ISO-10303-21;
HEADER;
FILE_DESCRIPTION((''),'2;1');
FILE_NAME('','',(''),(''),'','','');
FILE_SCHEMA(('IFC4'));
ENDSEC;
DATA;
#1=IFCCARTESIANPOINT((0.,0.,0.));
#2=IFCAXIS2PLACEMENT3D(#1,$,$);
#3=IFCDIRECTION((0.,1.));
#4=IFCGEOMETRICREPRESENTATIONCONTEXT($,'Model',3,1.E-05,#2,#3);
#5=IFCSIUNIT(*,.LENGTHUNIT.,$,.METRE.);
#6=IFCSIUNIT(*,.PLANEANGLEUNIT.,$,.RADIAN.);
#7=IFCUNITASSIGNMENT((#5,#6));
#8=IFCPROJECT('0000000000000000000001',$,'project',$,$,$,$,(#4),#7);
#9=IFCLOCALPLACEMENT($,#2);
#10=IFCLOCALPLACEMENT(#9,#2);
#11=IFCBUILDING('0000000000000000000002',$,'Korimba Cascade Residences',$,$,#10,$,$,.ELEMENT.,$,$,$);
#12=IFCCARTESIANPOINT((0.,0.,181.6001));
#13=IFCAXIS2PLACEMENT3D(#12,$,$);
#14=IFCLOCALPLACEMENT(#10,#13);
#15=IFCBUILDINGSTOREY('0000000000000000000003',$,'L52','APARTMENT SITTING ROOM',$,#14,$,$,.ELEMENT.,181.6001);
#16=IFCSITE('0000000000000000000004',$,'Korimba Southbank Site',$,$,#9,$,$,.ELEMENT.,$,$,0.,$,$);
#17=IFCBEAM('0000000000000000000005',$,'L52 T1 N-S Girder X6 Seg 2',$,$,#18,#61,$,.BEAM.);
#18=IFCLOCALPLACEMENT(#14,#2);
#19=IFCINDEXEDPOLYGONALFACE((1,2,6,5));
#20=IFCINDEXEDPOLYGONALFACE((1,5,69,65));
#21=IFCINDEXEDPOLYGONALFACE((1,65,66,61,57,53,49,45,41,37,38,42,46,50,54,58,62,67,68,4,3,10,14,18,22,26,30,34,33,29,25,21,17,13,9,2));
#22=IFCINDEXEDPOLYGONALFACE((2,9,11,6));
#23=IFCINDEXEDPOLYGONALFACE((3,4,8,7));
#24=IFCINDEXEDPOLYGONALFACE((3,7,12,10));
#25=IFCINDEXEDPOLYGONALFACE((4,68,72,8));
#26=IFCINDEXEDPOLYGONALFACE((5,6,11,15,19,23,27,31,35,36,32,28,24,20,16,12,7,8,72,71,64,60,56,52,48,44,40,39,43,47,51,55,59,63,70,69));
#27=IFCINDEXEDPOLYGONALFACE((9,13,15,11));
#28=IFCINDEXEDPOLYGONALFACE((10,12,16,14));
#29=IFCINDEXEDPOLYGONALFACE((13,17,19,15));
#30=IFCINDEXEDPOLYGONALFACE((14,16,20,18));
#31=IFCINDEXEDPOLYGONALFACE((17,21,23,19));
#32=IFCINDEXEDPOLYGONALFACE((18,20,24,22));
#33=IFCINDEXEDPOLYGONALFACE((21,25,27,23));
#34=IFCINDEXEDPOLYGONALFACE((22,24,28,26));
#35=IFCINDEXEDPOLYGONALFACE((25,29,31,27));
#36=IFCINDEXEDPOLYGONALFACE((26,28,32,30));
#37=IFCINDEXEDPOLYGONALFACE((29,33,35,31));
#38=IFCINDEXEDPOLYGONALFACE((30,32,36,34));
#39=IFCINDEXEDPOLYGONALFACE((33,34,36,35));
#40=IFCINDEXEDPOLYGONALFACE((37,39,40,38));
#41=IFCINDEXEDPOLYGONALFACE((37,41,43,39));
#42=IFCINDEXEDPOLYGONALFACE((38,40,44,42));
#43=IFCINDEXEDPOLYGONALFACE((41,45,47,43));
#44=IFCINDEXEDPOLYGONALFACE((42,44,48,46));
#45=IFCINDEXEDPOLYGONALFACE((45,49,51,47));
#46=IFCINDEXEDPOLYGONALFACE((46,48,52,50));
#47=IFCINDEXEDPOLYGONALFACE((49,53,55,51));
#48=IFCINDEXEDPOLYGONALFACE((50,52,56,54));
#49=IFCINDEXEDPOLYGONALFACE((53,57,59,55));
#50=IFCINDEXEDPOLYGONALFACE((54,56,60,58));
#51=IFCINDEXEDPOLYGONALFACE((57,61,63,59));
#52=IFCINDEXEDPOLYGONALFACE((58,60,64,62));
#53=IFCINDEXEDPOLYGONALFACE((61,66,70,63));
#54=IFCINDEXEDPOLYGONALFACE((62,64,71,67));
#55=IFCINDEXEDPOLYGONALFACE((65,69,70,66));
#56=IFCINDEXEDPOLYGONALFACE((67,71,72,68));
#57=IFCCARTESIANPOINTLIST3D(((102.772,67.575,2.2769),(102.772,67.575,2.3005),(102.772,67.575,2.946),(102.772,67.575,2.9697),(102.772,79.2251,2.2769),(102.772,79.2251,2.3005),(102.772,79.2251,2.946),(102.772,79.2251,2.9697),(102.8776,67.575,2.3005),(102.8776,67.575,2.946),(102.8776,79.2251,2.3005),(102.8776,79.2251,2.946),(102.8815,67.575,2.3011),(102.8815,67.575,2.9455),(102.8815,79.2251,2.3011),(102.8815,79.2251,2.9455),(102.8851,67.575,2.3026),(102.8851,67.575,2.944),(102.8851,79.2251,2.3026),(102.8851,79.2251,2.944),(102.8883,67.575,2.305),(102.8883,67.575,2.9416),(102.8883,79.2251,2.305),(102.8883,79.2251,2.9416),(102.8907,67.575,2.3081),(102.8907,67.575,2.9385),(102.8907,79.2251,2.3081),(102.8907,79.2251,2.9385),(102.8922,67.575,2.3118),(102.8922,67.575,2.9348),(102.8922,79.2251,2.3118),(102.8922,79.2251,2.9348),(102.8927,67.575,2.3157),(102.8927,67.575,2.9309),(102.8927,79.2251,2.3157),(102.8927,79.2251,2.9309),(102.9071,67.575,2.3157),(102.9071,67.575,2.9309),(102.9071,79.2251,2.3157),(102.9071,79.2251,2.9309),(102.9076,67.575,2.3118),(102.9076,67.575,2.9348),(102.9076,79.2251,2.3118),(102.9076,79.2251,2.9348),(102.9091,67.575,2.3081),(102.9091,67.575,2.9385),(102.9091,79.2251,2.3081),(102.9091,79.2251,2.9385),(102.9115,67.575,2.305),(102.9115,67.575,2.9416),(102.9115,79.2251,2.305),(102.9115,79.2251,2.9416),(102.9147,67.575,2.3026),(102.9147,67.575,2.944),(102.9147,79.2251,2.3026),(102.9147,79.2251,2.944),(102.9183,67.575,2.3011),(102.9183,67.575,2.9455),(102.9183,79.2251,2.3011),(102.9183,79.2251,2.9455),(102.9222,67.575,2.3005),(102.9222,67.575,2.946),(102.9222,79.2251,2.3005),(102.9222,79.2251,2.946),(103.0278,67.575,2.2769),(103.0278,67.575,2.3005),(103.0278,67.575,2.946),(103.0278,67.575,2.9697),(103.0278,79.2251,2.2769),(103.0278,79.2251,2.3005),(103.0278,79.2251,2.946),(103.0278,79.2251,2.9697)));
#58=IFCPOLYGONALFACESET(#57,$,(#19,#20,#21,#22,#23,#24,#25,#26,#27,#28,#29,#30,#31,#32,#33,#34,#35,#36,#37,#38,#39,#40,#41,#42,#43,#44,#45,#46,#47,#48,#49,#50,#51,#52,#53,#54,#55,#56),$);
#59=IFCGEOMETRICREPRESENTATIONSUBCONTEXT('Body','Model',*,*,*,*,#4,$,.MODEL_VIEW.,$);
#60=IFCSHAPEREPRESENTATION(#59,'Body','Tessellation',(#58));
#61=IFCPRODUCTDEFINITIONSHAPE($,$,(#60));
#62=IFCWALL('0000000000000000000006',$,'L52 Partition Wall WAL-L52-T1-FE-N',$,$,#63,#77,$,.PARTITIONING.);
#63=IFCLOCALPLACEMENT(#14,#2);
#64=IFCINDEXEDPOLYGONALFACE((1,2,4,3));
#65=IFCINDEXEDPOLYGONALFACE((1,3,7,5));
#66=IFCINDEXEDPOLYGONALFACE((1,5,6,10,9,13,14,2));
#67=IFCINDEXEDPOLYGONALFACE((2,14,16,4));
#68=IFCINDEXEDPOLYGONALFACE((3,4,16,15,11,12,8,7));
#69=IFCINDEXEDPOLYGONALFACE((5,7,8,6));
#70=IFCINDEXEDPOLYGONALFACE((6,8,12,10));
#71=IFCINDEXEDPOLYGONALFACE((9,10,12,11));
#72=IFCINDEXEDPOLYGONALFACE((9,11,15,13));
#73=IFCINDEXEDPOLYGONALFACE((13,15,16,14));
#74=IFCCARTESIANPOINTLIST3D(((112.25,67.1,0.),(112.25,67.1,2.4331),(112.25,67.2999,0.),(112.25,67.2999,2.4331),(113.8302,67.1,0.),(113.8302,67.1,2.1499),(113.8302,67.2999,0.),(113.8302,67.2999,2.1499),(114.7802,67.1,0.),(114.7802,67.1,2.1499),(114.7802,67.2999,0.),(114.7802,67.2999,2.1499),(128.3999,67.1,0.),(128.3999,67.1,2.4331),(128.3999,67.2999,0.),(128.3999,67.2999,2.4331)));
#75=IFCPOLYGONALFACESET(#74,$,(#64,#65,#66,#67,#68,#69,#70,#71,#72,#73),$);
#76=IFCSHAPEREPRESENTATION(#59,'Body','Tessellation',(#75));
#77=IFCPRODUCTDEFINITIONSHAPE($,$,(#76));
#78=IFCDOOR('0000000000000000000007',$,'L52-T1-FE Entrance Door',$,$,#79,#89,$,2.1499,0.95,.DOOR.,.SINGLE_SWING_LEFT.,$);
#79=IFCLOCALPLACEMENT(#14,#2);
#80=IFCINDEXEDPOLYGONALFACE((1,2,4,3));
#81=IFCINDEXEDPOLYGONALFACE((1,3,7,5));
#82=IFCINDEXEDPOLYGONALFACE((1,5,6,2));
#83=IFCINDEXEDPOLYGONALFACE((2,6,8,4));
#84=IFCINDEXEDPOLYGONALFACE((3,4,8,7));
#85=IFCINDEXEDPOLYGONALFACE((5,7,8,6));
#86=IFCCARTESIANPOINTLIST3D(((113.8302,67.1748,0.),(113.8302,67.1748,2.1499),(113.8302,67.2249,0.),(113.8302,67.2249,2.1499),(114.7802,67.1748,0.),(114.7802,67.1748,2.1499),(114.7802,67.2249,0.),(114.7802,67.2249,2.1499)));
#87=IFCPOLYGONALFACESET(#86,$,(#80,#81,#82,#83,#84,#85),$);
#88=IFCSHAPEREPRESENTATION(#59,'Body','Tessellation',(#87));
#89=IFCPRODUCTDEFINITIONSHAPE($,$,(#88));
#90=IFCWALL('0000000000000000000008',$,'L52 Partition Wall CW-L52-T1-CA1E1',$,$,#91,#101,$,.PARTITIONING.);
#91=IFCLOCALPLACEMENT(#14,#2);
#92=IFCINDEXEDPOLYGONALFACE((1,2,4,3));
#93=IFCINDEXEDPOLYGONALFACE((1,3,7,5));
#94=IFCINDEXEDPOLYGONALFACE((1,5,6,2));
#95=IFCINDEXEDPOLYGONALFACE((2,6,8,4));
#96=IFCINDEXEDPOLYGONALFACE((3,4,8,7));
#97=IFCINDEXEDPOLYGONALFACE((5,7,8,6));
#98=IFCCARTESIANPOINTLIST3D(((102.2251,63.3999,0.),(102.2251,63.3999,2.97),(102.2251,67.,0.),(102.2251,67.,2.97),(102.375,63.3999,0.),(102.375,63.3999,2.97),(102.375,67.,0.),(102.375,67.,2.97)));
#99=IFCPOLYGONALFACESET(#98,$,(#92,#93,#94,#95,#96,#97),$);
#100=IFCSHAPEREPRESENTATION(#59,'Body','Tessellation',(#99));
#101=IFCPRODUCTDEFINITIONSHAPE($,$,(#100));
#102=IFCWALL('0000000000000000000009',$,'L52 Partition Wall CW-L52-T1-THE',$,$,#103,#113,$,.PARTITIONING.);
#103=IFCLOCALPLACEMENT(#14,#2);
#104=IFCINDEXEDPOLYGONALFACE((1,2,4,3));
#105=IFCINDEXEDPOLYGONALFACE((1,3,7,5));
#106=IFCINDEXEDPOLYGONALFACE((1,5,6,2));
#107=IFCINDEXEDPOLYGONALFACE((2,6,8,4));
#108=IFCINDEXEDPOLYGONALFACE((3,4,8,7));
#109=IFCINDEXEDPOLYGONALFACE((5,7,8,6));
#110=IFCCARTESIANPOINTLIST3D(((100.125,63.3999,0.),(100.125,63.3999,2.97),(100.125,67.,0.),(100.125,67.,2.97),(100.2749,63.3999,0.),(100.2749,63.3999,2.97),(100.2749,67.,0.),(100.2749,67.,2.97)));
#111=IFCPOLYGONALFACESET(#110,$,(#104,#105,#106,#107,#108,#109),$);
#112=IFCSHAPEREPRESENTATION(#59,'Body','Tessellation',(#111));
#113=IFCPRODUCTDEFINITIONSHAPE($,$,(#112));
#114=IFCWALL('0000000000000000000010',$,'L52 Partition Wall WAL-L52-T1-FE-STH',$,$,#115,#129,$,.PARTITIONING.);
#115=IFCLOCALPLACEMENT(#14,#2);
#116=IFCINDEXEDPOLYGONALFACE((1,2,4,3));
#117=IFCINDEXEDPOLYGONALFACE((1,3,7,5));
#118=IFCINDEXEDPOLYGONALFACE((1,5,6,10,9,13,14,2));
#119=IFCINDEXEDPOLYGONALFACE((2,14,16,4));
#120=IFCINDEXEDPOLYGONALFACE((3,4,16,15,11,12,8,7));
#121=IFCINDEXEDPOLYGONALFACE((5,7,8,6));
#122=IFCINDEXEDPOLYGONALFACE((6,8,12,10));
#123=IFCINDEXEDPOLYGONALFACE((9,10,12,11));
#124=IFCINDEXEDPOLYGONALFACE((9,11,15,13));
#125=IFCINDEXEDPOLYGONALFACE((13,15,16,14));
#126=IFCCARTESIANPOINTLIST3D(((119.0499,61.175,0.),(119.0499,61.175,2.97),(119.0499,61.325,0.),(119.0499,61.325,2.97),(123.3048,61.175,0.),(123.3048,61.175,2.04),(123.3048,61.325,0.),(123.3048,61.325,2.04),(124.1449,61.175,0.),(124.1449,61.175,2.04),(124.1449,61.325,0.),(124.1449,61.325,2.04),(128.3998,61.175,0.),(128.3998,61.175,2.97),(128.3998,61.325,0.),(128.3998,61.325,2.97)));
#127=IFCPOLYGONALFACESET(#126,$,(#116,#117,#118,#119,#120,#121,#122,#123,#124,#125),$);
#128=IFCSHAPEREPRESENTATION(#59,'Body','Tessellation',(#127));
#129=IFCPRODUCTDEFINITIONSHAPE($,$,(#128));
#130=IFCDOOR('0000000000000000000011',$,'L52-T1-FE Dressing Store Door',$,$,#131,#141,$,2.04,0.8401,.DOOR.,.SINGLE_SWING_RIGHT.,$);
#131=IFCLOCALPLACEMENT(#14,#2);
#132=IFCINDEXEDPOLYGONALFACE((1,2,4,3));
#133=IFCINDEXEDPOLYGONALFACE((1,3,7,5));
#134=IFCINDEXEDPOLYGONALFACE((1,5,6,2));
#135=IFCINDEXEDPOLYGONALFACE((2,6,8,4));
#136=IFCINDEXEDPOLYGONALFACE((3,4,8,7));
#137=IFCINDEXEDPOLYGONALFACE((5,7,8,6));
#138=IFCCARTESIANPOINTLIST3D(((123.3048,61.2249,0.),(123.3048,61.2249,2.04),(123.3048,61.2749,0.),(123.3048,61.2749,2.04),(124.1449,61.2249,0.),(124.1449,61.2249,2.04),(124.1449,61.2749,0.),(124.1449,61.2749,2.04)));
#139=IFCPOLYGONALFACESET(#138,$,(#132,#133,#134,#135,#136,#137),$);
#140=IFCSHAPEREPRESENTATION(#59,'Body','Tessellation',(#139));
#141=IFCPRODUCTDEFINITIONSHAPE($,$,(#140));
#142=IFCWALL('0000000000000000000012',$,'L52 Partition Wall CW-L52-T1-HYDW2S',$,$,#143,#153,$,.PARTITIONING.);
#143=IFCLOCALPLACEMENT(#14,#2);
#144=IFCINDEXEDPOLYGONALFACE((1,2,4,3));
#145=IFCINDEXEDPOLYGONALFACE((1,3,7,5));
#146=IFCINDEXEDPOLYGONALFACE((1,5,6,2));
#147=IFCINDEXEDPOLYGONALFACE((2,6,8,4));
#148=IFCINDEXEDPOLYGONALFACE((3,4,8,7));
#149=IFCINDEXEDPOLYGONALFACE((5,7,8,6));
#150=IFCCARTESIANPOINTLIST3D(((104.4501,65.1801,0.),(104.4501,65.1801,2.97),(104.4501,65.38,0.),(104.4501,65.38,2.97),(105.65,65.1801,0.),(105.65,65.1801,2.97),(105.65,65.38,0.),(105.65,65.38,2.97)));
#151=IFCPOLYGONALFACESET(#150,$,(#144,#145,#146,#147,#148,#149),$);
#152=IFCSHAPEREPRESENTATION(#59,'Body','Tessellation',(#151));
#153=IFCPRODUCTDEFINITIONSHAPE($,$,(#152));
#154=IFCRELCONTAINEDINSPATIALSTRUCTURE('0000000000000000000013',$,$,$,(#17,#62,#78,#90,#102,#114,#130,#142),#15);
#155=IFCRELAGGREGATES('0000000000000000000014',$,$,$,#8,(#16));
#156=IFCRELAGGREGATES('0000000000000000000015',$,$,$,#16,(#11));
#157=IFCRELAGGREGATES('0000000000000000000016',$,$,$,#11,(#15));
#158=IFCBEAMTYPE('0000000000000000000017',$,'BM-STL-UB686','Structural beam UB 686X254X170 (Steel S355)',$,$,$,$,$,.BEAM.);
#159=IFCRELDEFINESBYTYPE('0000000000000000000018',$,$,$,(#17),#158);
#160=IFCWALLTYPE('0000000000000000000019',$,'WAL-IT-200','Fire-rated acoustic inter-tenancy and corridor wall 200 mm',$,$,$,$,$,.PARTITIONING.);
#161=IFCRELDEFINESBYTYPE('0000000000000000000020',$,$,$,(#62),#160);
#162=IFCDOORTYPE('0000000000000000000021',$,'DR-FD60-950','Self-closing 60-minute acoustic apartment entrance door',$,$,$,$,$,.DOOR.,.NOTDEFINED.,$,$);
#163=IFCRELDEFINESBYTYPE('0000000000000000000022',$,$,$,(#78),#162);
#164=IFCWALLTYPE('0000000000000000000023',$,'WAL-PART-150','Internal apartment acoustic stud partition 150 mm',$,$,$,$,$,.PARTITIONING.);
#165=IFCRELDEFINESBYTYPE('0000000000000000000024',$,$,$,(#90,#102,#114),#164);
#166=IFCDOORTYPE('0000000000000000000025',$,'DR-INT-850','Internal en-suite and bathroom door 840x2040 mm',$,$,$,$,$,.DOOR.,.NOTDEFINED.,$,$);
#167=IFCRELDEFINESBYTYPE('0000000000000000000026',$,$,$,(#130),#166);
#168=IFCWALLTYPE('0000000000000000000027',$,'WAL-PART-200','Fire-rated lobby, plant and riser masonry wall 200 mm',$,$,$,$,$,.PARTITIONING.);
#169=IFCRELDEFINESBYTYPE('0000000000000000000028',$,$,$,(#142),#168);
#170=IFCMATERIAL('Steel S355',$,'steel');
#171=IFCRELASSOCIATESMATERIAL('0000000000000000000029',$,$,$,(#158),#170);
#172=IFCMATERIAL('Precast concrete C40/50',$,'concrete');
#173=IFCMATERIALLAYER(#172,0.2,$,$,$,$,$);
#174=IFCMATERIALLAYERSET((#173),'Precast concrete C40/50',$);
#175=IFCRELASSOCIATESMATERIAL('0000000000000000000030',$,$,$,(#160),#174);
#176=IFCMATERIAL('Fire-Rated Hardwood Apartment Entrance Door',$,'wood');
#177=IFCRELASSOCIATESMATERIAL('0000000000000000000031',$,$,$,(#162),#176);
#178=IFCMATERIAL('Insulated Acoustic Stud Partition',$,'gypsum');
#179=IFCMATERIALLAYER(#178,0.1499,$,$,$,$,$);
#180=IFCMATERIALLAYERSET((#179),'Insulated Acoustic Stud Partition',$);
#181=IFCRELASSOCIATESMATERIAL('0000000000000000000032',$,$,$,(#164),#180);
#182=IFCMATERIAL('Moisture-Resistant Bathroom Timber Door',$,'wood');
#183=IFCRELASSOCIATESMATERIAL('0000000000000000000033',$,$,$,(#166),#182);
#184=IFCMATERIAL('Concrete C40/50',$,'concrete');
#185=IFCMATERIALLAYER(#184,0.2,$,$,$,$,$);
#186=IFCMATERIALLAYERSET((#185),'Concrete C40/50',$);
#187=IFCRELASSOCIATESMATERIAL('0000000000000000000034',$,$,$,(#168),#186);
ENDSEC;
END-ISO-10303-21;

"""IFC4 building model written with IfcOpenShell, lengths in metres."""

from ifc_helpers import new_model, si_unit, direction, frame, frame_2d, origin, origin_2d, place, context, subcontext, project, spatial, rectangle, i_section, extrude, material, layer, layer_set, material_profile, profile_set, type_object, element, fill, save


model = new_model("IFC4")

# Units and contexts
model_context = context("Model", 3, precision=1e-05, world=origin(), true_north=direction((0.0, 1.0)))
body_context = subcontext(model_context, "Body", "Model", "MODEL_VIEW")
ifc_project = project(units=[si_unit("LENGTHUNIT", "METRE"), si_unit("PLANEANGLEUNIT", "RADIAN")], contexts=[model_context])

# Site, building, storey
site_placement = place(None, origin())
site = spatial("IfcSite", under=ifc_project, at=site_placement, Name="Korimba Southbank Site", CompositionType="ELEMENT", RefElevation=0.0)
building_placement = place(site_placement, origin())
building = spatial("IfcBuilding", under=site, at=building_placement, Name="Korimba Cascade Residences", CompositionType="ELEMENT")
storey_placement = place(building_placement, frame((0.0, 0.0, 181.6001)))
storey = spatial("IfcBuildingStorey", under=building, at=storey_placement, Name="L52", Description="APARTMENT SITTING ROOM", CompositionType="ELEMENT", Elevation=181.6001)

# Beam
ifc_material_1 = material(Name="Steel S355", Category="steel")
ifc_material_profile_1 = material_profile(ifc_material_1, i_section(OverallWidth=0.2559, OverallDepth=0.6929, WebThickness=0.0144, FlangeThickness=0.0237, FilletRadius=0.0151, at=origin_2d()), Name="Steel S355")
ifc_profile_set_1 = profile_set([ifc_material_profile_1], Name="Steel S355")
beam_type_1 = type_object("IfcBeamType", Name="BM-STL-UB686", Description="Structural beam UB 686X254X170 (Steel S355)", PredefinedType="BEAM", material=ifc_profile_set_1)
beam_1_placement = place(storey_placement, frame((102.8999, 67.575, 2.6233), z_axis=(0.0, 1.0, 0.0), x_axis=(-1.0, 0.0, 0.0)))
element("IfcBeam", 1, at=beam_1_placement, inside=storey, type_object=beam_type_1, Name="L52 T1 N-S Girder X6 Seg 2", PredefinedType="BEAM", context=body_context, shape_type="SweptSolid", body=[
    extrude(i_section(OverallWidth=0.2559, OverallDepth=0.6929, WebThickness=0.0144, FlangeThickness=0.0237, FilletRadius=0.0151, at=origin_2d()), origin(), (0.0, 0.0, 1.0), 11.6501),
])

# Wall, opening, door
ifc_material_2 = material(Name="Precast concrete C40/50", Category="concrete")
ifc_layer_1 = layer(ifc_material_2, 0.2)
ifc_layer_set_1 = layer_set([ifc_layer_1], Name="Precast concrete C40/50")
wall_type_1 = type_object("IfcWallType", Name="WAL-IT-200", Description="Fire-rated acoustic inter-tenancy and corridor wall 200 mm", PredefinedType="PARTITIONING", material=ifc_layer_set_1)
wall_1_placement = place(storey_placement, frame((112.25, 67.2, 0.0), z_axis=(0.0, 0.0, 1.0), x_axis=(1.0, 0.0, 0.0)))
wall_1 = element("IfcWall", 2, at=wall_1_placement, inside=storey, type_object=wall_type_1, Name="L52 Partition Wall WAL-L52-T1-FE-N", PredefinedType="PARTITIONING", context=body_context, shape_type="SweptSolid", body=[
    extrude(rectangle(XDim=16.1499, YDim=0.2, at=frame_2d((8.075, 0.0))), origin(), (0.0, 0.0, 1.0), 2.4331),
])
opening_1_placement = place(wall_1_placement, frame((1.5801, 0.0, 0.0)))
opening_1 = element("IfcOpeningElement", 3, at=opening_1_placement, cuts=wall_1, PredefinedType="OPENING", context=body_context, shape_type="SweptSolid", body=[
    extrude(rectangle(XDim=0.95, YDim=2.1499, at=frame_2d((0.4751, 1.075))), frame((0.0, 0.1099, 0.0), z_axis=(0.0, -1.0, 0.0), x_axis=(1.0, 0.0, 0.0)), (0.0, 0.0, 1.0), 0.22),
])
ifc_material_3 = material(Name="Fire-Rated Hardwood Apartment Entrance Door", Category="wood")
door_type_1 = type_object("IfcDoorType", Name="DR-FD60-950", Description="Self-closing 60-minute acoustic apartment entrance door", OperationType="NOTDEFINED", PredefinedType="DOOR", material=ifc_material_3)
door_1_placement = place(opening_1_placement, origin())
door_1 = element("IfcDoor", 4, at=door_1_placement, inside=storey, type_object=door_type_1, Name="L52-T1-FE Entrance Door", OperationType="SINGLE_SWING_LEFT", OverallHeight=2.1499, OverallWidth=0.95, PredefinedType="DOOR", context=body_context, shape_type="SweptSolid", body=[
    extrude(rectangle(XDim=0.95, YDim=2.1499, at=frame_2d((0.4751, 1.075))), frame((0.0, 0.0249, 0.0), z_axis=(0.0, -1.0, 0.0), x_axis=(1.0, 0.0, 0.0)), (0.0, 0.0, 1.0), 0.05),
])
fill(opening_1, door_1)

# Walls
ifc_material_4 = material(Name="Insulated Acoustic Stud Partition", Category="gypsum")
ifc_layer_2 = layer(ifc_material_4, 0.1499)
ifc_layer_set_2 = layer_set([ifc_layer_2], Name="Insulated Acoustic Stud Partition")
wall_type_2 = type_object("IfcWallType", Name="WAL-PART-150", Description="Internal apartment acoustic stud partition 150 mm", PredefinedType="PARTITIONING", material=ifc_layer_set_2)
for number, where, z_axis, x_axis, name in (
    (5, (102.3, 63.3999, 0.0), (0.0, 0.0, 1.0), (0.0, 1.0, 0.0), "L52 Partition Wall CW-L52-T1-CA1E1"),
    (6, (100.2, 63.3999, 0.0), (0.0, 0.0, 1.0), (0.0, 1.0, 0.0), "L52 Partition Wall CW-L52-T1-THE"),
):
    element("IfcWall", number, at=place(storey_placement, frame(where, z_axis=z_axis, x_axis=x_axis)), inside=storey, type_object=wall_type_2, Name=name, PredefinedType="PARTITIONING", context=body_context, shape_type="SweptSolid", body=[
        extrude(rectangle(XDim=3.6001, YDim=0.1499, at=frame_2d((1.8, 0.0))), origin(), (0.0, 0.0, 1.0), 2.97),
    ])

# Wall, opening, door
wall_2_placement = place(storey_placement, frame((119.05, 61.25, 0.0), z_axis=(0.0, 0.0, 1.0), x_axis=(1.0, 0.0, 0.0)))
wall_2 = element("IfcWall", 7, at=wall_2_placement, inside=storey, type_object=wall_type_2, Name="L52 Partition Wall WAL-L52-T1-FE-STH", PredefinedType="PARTITIONING", context=body_context, shape_type="SweptSolid", body=[
    extrude(rectangle(XDim=9.3499, YDim=0.1499, at=frame_2d((4.6748, 0.0))), origin(), (0.0, 0.0, 1.0), 2.97),
])
opening_2_placement = place(wall_2_placement, frame((4.2549, 0.0, 0.0)))
opening_2 = element("IfcOpeningElement", 8, at=opening_2_placement, cuts=wall_2, PredefinedType="OPENING", context=body_context, shape_type="SweptSolid", body=[
    extrude(rectangle(XDim=0.8401, YDim=2.04, at=frame_2d((0.4199, 1.02))), frame((0.0, 0.085, 0.0), z_axis=(0.0, -1.0, 0.0), x_axis=(1.0, 0.0, 0.0)), (0.0, 0.0, 1.0), 0.1699),
])
ifc_material_5 = material(Name="Moisture-Resistant Bathroom Timber Door", Category="wood")
door_type_2 = type_object("IfcDoorType", Name="DR-INT-850", Description="Internal en-suite and bathroom door 840x2040 mm", OperationType="NOTDEFINED", PredefinedType="DOOR", material=ifc_material_5)
door_2_placement = place(opening_2_placement, origin())
door_2 = element("IfcDoor", 9, at=door_2_placement, inside=storey, type_object=door_type_2, Name="L52-T1-FE Dressing Store Door", OperationType="SINGLE_SWING_RIGHT", OverallHeight=2.04, OverallWidth=0.8401, PredefinedType="DOOR", context=body_context, shape_type="SweptSolid", body=[
    extrude(rectangle(XDim=0.8401, YDim=2.04, at=frame_2d((0.4199, 1.02))), frame((0.0, 0.0249, 0.0), z_axis=(0.0, -1.0, 0.0), x_axis=(1.0, 0.0, 0.0)), (0.0, 0.0, 1.0), 0.05),
])
fill(opening_2, door_2)

# Wall
ifc_material_6 = material(Name="Concrete C40/50", Category="concrete")
ifc_layer_3 = layer(ifc_material_6, 0.2)
ifc_layer_set_3 = layer_set([ifc_layer_3], Name="Concrete C40/50")
wall_type_3 = type_object("IfcWallType", Name="WAL-PART-200", Description="Fire-rated lobby, plant and riser masonry wall 200 mm", PredefinedType="PARTITIONING", material=ifc_layer_set_3)
wall_3_placement = place(storey_placement, frame((104.45, 65.28, 0.0), z_axis=(0.0, 0.0, 1.0), x_axis=(1.0, 0.0, 0.0)))
element("IfcWall", 10, at=wall_3_placement, inside=storey, type_object=wall_type_3, Name="L52 Partition Wall CW-L52-T1-HYDW2S", PredefinedType="PARTITIONING", context=body_context, shape_type="SweptSolid", body=[
    extrude(rectangle(XDim=1.2, YDim=0.2, at=frame_2d((0.6001, 0.0))), origin(), (0.0, 0.0, 1.0), 2.97),
])

save(model, "model.ifc")
